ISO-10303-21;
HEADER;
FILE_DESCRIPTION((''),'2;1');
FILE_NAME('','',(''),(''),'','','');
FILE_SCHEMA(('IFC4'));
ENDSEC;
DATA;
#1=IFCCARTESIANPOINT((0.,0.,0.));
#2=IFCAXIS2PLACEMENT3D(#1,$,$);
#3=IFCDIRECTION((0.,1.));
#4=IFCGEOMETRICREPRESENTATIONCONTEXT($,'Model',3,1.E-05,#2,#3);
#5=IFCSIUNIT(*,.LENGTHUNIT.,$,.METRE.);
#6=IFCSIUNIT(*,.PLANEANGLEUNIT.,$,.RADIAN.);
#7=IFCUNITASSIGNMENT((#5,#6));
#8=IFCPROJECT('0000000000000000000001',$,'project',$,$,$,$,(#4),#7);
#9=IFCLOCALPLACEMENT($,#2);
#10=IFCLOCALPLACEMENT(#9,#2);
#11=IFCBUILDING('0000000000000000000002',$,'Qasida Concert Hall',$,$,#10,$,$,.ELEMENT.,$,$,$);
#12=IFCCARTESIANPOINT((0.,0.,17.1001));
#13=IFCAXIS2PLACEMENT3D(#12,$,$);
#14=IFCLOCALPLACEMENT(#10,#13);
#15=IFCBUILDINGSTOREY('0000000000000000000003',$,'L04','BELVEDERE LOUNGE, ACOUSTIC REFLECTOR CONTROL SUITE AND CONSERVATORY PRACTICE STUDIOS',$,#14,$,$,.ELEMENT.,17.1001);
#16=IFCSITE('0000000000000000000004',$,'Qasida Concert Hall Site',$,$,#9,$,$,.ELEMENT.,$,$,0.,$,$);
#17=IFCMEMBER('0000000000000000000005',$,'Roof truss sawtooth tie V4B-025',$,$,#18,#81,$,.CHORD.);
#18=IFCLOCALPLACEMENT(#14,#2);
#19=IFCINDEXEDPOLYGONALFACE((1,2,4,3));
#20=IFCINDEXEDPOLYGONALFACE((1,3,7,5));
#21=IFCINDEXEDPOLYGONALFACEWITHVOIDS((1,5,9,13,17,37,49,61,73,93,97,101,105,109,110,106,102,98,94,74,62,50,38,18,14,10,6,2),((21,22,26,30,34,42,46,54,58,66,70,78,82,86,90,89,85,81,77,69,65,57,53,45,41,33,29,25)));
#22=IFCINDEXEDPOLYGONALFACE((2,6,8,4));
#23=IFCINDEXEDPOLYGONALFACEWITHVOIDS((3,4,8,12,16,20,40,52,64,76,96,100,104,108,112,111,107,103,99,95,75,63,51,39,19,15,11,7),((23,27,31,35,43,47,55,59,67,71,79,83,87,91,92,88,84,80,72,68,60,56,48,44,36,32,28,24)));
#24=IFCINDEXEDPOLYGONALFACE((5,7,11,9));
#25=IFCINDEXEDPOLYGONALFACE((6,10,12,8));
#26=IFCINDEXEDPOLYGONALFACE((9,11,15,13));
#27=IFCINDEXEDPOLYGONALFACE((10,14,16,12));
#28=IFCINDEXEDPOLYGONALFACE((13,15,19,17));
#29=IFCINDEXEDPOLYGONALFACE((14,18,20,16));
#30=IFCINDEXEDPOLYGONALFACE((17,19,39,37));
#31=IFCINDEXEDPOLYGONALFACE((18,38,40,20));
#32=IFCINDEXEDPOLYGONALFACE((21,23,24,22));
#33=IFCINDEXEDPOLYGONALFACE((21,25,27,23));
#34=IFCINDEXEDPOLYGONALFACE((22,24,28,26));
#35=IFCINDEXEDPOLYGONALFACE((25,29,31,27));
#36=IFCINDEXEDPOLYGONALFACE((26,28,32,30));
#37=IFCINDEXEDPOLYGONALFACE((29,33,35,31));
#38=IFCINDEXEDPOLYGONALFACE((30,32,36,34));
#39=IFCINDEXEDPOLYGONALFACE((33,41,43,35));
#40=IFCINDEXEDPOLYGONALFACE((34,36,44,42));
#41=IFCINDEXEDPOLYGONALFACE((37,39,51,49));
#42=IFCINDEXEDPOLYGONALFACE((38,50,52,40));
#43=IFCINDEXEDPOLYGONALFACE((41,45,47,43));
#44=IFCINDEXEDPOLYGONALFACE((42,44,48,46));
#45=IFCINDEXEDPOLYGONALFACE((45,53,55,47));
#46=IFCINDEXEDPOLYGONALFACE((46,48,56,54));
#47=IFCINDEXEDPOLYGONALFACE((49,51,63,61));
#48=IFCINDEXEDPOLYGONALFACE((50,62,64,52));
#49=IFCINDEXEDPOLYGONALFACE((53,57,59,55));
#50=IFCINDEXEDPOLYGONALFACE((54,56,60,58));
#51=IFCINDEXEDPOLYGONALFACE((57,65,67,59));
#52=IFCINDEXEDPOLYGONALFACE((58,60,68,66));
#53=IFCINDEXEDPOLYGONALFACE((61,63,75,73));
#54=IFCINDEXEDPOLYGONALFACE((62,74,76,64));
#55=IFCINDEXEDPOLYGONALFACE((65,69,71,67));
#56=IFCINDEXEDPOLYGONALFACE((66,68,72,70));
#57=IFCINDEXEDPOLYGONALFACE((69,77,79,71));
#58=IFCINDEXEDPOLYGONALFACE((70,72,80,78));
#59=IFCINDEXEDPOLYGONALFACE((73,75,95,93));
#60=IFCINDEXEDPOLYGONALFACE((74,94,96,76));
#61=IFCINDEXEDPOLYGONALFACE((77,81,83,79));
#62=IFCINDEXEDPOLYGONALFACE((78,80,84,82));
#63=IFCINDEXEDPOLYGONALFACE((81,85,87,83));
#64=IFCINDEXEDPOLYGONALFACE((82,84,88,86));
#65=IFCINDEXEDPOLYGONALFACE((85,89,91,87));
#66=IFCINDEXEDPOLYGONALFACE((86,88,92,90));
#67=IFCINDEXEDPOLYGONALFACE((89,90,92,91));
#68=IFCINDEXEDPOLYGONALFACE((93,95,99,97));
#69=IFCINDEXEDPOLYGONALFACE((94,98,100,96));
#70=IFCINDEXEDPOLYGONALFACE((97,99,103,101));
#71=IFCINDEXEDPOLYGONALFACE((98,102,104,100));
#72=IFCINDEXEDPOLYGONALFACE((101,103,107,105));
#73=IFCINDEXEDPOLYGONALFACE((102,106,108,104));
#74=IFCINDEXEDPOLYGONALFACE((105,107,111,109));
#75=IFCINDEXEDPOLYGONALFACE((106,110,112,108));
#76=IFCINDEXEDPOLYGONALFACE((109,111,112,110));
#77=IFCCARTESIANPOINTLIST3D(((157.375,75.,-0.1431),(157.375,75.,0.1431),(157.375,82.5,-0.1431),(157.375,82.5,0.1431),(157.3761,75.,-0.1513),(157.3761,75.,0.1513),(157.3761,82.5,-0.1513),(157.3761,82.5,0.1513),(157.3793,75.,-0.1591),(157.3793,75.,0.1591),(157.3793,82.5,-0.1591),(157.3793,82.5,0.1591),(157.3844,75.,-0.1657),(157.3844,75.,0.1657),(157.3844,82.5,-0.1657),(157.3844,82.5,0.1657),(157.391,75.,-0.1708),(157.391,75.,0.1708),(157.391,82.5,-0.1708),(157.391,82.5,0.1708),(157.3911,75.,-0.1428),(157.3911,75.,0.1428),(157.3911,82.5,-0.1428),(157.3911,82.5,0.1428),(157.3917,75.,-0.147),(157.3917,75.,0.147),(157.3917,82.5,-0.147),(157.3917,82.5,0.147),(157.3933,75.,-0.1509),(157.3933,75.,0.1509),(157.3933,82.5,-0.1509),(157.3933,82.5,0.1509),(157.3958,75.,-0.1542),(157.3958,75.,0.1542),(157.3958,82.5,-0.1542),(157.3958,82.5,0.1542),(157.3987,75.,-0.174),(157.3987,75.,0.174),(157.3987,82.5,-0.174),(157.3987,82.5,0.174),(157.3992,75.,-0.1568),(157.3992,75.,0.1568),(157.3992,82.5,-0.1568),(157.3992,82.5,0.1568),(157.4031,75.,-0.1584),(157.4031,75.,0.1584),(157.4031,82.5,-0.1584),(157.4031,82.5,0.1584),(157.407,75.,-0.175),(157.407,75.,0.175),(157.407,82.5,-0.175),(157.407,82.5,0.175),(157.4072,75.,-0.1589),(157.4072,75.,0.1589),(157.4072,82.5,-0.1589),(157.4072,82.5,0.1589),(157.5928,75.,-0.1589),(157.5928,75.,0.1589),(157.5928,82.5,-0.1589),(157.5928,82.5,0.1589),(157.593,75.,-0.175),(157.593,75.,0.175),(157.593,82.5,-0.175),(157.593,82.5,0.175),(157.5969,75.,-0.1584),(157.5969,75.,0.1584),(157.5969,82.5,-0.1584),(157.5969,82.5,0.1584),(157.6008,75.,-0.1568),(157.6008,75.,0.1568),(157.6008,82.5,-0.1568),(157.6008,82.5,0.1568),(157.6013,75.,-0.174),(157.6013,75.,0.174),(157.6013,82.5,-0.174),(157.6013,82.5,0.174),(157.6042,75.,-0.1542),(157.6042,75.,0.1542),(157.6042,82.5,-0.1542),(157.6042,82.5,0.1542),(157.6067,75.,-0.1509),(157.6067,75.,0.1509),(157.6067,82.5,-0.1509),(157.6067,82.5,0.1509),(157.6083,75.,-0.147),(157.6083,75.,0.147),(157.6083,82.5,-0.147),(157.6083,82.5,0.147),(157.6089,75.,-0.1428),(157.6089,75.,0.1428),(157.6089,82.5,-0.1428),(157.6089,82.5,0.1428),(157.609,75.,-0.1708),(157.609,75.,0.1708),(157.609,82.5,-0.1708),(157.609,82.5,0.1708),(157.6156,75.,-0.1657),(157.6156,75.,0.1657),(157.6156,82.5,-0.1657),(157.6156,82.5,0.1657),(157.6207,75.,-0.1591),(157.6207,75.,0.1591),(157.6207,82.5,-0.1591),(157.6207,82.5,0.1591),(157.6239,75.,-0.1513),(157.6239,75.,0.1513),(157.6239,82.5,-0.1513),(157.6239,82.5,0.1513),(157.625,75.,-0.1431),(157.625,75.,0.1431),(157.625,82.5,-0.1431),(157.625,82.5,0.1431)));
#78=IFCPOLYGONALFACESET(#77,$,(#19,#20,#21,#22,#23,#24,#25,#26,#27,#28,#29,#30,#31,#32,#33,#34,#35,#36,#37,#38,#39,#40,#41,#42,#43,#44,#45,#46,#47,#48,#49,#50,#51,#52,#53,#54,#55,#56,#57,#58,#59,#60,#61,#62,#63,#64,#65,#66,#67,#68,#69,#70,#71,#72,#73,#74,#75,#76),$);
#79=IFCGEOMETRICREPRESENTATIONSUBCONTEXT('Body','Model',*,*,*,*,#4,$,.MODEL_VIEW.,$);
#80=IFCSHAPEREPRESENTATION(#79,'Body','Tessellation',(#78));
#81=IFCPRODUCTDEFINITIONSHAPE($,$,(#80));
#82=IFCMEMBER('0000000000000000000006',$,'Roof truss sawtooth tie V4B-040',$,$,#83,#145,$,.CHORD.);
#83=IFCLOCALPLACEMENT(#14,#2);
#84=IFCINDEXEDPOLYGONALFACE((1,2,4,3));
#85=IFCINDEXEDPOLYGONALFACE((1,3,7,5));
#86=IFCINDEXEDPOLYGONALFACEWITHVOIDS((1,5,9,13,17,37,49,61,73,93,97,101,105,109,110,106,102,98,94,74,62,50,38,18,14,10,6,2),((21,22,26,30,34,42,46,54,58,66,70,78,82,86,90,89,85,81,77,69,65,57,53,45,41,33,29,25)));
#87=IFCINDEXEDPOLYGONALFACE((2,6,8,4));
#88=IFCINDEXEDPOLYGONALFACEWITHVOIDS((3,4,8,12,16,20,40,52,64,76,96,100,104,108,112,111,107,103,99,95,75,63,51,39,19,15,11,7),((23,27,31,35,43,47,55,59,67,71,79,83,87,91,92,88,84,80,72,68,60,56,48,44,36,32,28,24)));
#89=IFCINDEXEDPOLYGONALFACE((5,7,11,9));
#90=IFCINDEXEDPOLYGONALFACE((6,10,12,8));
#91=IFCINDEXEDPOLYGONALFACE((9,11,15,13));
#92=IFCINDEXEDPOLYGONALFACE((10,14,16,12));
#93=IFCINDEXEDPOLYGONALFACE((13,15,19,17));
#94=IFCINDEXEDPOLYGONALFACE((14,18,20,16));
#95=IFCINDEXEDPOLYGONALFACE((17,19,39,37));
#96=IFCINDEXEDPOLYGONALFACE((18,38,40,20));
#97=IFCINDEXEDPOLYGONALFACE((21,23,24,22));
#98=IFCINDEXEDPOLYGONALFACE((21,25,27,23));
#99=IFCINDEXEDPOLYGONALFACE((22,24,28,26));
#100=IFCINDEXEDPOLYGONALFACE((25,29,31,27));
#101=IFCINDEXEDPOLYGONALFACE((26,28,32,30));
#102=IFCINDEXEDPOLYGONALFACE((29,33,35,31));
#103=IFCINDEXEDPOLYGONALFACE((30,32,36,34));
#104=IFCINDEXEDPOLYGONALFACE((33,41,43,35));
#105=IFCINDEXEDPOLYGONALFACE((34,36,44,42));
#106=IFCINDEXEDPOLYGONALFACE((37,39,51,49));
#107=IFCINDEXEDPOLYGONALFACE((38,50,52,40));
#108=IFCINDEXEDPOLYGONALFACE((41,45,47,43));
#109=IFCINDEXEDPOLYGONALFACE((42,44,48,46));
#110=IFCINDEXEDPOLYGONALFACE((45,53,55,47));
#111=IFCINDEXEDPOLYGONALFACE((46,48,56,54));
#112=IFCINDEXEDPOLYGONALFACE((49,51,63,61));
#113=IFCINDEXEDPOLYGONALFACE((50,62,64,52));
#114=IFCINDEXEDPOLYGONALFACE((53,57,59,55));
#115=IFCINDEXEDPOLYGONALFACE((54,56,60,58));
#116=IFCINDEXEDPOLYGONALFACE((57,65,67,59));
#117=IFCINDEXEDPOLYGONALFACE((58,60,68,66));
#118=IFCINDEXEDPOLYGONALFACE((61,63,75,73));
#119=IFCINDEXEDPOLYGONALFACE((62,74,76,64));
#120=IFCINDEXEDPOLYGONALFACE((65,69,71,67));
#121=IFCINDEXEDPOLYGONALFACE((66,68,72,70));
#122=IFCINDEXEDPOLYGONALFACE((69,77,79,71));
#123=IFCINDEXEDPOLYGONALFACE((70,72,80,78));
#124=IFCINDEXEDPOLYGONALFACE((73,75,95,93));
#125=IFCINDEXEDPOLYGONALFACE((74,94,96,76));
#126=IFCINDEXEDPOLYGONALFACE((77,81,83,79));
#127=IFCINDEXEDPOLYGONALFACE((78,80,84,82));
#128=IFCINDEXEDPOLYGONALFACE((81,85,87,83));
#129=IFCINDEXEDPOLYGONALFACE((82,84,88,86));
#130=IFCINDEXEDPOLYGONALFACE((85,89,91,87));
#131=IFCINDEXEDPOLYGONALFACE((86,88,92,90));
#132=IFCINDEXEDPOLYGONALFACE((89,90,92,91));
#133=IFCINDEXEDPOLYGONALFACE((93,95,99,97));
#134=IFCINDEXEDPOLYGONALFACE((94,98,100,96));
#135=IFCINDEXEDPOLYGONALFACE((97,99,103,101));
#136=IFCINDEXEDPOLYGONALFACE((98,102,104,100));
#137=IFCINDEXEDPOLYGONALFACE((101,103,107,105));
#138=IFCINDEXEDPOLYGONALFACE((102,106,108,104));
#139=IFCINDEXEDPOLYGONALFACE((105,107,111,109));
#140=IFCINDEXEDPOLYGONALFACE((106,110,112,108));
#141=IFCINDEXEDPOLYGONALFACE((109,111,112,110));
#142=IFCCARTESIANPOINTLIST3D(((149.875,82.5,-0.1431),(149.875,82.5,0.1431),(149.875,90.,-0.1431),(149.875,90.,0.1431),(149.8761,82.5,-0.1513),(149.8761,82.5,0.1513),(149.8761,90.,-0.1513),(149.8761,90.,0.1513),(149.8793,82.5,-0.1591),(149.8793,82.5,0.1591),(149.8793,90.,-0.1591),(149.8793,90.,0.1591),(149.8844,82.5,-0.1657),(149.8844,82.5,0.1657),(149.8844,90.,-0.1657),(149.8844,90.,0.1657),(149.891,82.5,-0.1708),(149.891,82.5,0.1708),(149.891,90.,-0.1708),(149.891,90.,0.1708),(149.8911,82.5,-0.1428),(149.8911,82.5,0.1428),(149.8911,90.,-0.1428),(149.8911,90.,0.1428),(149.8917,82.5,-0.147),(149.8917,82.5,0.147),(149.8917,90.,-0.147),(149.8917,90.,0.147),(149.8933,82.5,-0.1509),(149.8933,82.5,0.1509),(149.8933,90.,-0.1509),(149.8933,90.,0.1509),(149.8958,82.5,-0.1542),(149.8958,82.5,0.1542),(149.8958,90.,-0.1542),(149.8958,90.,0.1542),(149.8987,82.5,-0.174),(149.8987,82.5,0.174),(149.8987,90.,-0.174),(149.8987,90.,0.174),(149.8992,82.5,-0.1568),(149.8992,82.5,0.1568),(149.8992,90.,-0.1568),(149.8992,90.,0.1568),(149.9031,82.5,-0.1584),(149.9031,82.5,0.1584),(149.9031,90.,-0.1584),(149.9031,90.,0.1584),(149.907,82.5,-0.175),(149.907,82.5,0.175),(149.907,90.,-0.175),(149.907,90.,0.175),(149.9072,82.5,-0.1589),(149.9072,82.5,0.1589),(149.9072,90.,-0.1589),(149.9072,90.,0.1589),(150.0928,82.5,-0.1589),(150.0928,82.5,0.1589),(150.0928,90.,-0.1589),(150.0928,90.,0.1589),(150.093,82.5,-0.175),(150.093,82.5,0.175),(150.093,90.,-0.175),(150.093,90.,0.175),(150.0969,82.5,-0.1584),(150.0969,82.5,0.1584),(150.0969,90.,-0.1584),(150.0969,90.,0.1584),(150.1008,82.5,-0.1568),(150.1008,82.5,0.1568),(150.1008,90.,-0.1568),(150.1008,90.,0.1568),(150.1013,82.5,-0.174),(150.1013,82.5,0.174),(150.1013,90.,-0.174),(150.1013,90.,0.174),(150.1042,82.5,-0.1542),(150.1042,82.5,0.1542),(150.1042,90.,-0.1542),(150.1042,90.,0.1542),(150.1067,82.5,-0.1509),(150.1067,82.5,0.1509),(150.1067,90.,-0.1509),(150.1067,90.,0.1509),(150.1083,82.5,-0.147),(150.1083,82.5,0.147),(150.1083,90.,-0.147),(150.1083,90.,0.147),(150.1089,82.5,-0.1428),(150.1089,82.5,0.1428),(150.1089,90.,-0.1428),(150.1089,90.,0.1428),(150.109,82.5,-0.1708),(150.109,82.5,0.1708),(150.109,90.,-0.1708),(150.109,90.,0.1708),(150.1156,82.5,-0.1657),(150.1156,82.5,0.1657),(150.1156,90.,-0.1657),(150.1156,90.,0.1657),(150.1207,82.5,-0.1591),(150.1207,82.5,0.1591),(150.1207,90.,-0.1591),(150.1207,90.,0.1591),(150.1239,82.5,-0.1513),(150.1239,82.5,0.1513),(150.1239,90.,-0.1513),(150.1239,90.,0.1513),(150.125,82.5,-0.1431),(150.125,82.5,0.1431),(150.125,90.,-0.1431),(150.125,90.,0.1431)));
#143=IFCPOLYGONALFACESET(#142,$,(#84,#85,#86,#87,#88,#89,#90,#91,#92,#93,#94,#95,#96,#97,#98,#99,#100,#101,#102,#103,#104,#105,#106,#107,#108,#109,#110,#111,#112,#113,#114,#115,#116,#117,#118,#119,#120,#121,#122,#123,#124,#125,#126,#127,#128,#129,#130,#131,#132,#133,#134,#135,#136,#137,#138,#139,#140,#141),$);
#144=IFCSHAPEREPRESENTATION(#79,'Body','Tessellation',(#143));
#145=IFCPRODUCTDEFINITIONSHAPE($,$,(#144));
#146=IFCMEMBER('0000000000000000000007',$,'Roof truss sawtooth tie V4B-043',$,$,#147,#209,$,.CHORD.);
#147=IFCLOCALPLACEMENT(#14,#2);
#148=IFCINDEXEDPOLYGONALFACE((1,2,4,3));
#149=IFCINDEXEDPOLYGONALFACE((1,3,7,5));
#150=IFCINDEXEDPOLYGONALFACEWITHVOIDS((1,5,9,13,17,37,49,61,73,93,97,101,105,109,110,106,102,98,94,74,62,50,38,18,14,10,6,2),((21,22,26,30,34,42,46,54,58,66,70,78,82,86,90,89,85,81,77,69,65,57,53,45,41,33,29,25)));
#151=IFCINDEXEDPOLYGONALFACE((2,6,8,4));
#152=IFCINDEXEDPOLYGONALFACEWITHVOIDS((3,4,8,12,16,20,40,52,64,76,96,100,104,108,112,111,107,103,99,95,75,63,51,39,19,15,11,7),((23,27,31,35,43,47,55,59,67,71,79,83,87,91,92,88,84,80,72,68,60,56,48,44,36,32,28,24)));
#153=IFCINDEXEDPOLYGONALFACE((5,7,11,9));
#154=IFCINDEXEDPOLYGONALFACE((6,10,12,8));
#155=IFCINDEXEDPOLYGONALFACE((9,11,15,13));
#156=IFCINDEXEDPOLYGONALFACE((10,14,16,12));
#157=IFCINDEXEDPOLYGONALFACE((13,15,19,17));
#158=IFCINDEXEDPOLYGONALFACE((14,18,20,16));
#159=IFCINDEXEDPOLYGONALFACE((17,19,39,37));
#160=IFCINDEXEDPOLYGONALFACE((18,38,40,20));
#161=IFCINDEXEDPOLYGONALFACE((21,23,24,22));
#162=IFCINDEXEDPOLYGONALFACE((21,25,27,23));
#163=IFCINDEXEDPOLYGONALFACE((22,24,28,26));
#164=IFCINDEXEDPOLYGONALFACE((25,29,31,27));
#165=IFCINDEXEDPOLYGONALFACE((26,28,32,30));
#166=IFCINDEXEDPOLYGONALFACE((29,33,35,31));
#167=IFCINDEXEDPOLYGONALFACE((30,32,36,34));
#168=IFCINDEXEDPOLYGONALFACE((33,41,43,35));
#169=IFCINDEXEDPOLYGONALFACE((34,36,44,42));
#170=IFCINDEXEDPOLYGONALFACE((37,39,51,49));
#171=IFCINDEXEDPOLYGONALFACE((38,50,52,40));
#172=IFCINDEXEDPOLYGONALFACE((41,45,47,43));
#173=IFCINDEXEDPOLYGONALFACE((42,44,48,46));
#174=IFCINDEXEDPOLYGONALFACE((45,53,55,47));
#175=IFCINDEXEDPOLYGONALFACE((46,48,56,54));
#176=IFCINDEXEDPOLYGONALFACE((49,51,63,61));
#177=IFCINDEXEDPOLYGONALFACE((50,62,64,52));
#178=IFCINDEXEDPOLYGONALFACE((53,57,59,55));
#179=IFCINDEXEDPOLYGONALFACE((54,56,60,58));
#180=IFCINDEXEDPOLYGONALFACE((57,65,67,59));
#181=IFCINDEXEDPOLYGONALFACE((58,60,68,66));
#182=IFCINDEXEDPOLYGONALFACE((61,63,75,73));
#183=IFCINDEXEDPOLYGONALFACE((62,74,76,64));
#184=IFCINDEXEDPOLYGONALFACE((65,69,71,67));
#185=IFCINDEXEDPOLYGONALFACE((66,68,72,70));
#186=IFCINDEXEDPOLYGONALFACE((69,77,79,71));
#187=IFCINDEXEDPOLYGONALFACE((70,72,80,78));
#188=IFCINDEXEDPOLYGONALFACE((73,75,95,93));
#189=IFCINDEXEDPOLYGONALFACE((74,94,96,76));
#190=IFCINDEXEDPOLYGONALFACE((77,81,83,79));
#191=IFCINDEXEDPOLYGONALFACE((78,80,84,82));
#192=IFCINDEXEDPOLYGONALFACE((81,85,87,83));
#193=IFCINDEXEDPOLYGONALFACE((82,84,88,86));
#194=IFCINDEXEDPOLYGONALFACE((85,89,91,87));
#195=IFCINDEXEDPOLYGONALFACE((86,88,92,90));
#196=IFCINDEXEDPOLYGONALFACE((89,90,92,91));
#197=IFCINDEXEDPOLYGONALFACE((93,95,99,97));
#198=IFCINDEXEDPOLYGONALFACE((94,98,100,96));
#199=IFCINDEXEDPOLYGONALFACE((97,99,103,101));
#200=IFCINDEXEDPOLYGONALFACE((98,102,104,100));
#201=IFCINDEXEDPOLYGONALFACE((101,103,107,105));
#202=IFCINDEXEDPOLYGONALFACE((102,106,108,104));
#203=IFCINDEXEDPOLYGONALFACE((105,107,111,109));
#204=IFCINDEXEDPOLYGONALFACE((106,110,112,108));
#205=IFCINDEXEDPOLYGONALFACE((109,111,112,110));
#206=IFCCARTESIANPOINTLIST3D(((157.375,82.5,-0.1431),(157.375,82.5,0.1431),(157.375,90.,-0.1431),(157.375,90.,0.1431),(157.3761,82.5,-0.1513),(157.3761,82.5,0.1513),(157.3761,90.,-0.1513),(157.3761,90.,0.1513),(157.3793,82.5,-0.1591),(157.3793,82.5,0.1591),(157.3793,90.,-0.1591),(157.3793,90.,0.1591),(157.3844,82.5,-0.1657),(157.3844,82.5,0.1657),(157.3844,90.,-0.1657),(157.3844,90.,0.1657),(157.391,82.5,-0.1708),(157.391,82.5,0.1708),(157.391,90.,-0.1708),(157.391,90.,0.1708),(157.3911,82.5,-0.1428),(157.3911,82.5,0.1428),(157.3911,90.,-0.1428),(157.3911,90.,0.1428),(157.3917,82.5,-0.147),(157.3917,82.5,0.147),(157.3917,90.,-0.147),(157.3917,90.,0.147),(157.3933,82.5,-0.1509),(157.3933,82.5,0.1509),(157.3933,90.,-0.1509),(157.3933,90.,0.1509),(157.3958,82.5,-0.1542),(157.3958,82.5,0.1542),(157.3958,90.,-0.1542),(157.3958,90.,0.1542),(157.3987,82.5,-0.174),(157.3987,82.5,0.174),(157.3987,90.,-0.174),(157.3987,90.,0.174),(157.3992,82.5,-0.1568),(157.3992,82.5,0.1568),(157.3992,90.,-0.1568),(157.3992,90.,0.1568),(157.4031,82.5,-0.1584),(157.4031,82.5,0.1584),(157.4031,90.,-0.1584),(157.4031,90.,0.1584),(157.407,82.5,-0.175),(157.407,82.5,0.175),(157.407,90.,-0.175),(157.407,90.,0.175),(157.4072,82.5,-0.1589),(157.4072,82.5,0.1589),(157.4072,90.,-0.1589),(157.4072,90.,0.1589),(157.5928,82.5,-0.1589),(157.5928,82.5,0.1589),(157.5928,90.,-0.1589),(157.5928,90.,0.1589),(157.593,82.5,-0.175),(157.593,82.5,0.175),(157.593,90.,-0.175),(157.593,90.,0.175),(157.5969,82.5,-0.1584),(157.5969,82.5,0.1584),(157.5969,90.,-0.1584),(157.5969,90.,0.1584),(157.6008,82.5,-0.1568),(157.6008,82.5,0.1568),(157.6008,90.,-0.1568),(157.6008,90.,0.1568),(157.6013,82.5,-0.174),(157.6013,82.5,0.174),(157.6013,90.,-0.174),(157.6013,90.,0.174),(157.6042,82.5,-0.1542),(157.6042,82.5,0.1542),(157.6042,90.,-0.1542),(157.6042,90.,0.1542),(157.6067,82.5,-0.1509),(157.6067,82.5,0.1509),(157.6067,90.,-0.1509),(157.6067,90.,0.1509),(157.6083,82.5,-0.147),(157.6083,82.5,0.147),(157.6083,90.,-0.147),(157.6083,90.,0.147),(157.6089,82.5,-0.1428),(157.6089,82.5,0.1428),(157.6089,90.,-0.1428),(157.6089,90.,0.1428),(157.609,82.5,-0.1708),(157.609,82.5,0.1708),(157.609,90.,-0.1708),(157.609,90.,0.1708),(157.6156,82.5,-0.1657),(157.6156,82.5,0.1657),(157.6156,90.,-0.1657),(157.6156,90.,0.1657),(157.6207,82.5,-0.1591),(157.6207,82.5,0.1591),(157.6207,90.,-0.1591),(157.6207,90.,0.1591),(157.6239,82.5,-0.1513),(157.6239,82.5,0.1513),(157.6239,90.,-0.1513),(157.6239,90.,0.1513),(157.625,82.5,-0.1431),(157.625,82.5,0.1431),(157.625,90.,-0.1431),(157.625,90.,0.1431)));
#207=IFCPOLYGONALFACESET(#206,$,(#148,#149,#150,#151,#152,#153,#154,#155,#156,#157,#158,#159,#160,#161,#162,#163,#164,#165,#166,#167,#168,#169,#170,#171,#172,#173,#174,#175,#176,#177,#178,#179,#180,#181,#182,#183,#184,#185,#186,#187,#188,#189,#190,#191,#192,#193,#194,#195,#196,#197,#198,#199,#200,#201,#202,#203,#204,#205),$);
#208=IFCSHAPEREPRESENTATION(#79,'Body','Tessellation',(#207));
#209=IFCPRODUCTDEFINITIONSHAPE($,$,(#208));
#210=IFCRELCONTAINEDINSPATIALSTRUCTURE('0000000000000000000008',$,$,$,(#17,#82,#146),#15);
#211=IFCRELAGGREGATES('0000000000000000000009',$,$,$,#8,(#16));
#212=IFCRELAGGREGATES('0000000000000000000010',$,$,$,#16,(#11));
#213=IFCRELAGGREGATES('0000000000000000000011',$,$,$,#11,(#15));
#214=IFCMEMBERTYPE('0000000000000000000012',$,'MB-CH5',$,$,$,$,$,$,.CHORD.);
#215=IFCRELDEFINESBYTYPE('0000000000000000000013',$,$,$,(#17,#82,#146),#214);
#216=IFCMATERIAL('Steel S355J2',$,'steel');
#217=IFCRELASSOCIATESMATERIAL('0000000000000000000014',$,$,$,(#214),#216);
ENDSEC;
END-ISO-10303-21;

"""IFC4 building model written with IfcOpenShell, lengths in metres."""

from ifc_helpers import new_model, si_unit, direction, frame, origin, origin_2d, place, context, subcontext, project, spatial, hollow_rectangle, extrude, material, material_profile, profile_set, type_object, element, save


model = new_model("IFC4")

# Units and contexts
model_context = context("Model", 3, precision=1e-05, world=origin(), true_north=direction((0.0, 1.0)))
body_context = subcontext(model_context, "Body", "Model", "MODEL_VIEW")
ifc_project = project(units=[si_unit("LENGTHUNIT", "METRE"), si_unit("PLANEANGLEUNIT", "RADIAN")], contexts=[model_context])

# Site, building, storey
site_placement = place(None, origin())
site = spatial("IfcSite", under=ifc_project, at=site_placement, Name="Qasida Concert Hall Site", CompositionType="ELEMENT", RefElevation=0.0)
building_placement = place(site_placement, origin())
building = spatial("IfcBuilding", under=site, at=building_placement, Name="Qasida Concert Hall", CompositionType="ELEMENT")
storey_placement = place(building_placement, frame((0.0, 0.0, 17.1001)))
storey = spatial("IfcBuildingStorey", under=building, at=storey_placement, Name="L04", Description="BELVEDERE LOUNGE, ACOUSTIC REFLECTOR CONTROL SUITE AND CONSERVATORY PRACTICE STUDIOS", CompositionType="ELEMENT", Elevation=17.1001)

# Members
ifc_material = material(Name="Steel S355J2", Category="steel")
ifc_material_profile_1 = material_profile(ifc_material, hollow_rectangle(XDim=0.25, YDim=0.3501, WallThickness=0.0161, InnerFilletRadius=0.0161, OuterFilletRadius=0.032, at=origin_2d()), Name="RHS 350x250x16")
ifc_profile_set_1 = profile_set([ifc_material_profile_1], Name="Steel S355J2")
member_type_1 = type_object("IfcMemberType", Name="MB-CH5", PredefinedType="CHORD", material=ifc_profile_set_1)
for number, where, z_axis, x_axis, name in (
    (1, (157.5, 75.0, 0.0), (0.0, 1.0, 0.0), (-1.0, 0.0, 0.0), "Roof truss sawtooth tie V4B-025"),
    (2, (150.0, 82.5, 0.0), (0.0, 1.0, 0.0), (-1.0, 0.0, 0.0), "Roof truss sawtooth tie V4B-040"),
    (3, (157.5, 82.5, 0.0), (0.0, 1.0, 0.0), (-1.0, 0.0, 0.0), "Roof truss sawtooth tie V4B-043"),
):
    element("IfcMember", number, at=place(storey_placement, frame(where, z_axis=z_axis, x_axis=x_axis)), inside=storey, type_object=member_type_1, Name=name, PredefinedType="CHORD", context=body_context, shape_type="SweptSolid", body=[
        extrude(hollow_rectangle(XDim=0.25, YDim=0.3501, WallThickness=0.0161, InnerFilletRadius=0.0161, OuterFilletRadius=0.032, at=origin_2d()), origin(), (0.0, 0.0, 1.0), 7.5),
    ])

save(model, "model.ifc")
